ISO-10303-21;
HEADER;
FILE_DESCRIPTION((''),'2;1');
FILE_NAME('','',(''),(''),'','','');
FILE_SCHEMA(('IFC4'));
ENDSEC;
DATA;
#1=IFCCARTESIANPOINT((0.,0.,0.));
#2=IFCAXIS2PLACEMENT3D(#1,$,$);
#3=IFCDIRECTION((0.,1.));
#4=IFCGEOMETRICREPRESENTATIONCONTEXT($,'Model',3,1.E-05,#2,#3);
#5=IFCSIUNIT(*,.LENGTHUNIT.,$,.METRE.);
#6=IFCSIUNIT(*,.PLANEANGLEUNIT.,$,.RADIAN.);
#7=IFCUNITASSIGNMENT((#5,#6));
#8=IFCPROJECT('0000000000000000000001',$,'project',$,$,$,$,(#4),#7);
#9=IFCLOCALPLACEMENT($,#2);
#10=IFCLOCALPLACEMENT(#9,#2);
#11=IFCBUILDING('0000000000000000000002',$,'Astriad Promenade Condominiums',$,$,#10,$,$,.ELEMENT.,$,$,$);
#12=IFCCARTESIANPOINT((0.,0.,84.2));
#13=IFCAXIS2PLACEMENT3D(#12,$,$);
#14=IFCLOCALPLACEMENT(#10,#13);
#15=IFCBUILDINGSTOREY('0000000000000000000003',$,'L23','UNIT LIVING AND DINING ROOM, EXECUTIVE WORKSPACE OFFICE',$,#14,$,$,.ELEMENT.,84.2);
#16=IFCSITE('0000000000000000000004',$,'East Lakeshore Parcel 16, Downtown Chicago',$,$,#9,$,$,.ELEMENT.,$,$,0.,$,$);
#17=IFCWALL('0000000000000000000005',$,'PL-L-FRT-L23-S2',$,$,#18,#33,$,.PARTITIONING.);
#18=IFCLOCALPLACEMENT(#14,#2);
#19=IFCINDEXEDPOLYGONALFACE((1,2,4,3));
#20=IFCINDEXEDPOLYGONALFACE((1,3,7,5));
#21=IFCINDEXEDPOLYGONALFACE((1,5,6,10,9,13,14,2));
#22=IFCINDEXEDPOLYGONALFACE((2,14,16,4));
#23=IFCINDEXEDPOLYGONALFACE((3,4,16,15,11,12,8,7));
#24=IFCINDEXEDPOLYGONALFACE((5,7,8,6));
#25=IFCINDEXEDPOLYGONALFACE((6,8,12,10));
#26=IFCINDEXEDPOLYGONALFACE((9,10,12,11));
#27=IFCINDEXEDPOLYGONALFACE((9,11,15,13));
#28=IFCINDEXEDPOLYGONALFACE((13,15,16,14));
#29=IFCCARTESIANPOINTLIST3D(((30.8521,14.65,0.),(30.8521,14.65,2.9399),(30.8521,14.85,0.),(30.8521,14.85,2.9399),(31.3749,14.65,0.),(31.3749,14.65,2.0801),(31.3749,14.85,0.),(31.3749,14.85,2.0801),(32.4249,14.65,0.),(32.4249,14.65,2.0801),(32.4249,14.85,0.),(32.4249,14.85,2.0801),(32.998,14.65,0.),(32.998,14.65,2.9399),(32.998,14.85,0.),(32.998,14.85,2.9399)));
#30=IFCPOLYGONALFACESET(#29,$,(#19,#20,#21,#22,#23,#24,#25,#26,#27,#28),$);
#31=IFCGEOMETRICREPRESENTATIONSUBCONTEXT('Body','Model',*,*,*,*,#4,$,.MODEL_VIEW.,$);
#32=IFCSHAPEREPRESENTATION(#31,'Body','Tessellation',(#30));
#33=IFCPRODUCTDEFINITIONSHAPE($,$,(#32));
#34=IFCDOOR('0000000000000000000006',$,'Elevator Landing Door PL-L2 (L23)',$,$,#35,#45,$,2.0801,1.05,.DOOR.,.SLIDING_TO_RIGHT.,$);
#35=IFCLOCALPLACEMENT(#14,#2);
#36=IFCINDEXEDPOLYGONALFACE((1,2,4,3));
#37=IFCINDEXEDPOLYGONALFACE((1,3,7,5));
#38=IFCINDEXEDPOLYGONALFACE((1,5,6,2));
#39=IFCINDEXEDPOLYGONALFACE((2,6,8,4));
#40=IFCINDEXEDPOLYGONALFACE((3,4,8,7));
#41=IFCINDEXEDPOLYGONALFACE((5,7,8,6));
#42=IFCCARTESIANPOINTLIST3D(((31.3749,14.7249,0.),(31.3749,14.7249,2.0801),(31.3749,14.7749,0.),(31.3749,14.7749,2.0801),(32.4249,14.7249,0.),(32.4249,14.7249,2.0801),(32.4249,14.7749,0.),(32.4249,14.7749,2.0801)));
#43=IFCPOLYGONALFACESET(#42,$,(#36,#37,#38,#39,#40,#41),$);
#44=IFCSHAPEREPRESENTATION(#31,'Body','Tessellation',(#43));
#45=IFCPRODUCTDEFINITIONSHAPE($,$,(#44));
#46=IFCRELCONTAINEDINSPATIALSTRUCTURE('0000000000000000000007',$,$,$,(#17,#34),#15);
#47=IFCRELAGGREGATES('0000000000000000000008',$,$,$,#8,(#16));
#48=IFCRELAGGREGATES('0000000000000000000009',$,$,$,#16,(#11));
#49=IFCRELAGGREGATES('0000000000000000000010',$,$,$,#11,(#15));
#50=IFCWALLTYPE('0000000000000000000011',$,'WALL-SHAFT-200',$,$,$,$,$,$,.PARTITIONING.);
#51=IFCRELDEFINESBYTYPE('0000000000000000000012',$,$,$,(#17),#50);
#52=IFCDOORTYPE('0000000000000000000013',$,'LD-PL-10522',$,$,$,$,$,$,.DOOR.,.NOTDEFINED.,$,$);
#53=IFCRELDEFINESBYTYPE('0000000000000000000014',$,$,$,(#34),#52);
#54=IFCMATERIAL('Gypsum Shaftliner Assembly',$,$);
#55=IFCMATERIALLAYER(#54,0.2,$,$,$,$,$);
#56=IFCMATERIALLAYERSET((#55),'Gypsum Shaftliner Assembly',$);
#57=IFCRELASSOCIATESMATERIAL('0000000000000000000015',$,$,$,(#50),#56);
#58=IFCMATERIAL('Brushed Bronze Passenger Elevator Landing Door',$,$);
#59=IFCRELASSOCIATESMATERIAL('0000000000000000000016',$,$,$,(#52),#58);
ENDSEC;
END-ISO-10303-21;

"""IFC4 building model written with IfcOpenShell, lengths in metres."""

from ifc_helpers import new_model, si_unit, direction, frame, frame_2d, origin, place, context, subcontext, project, spatial, rectangle, extrude, source, transform, mapped, material, layer, layer_set, type_object, type_shapes, element, fill, save


model = new_model("IFC4")

# Units and contexts
model_context = context("Model", 3, precision=1e-05, world=origin(), true_north=direction((0.0, 1.0)))
body_context = subcontext(model_context, "Body", "Model", "MODEL_VIEW")
ifc_project = project(units=[si_unit("LENGTHUNIT", "METRE"), si_unit("PLANEANGLEUNIT", "RADIAN")], contexts=[model_context])

# Site, building, storey
site_placement = place(None, origin())
site = spatial("IfcSite", under=ifc_project, at=site_placement, Name="East Lakeshore Parcel 16, Downtown Chicago", CompositionType="ELEMENT", RefElevation=0.0)
building_placement = place(site_placement, origin())
building = spatial("IfcBuilding", under=site, at=building_placement, Name="Astriad Promenade Condominiums", CompositionType="ELEMENT")
storey_placement = place(building_placement, frame((0.0, 0.0, 84.2)))
storey = spatial("IfcBuildingStorey", under=building, at=storey_placement, Name="L23", Description="UNIT LIVING AND DINING ROOM, EXECUTIVE WORKSPACE OFFICE", CompositionType="ELEMENT", Elevation=84.2)

# Shared definitions
ifc_material_1 = material(Name="Gypsum Shaftliner Assembly")
ifc_layer_1 = layer(ifc_material_1, 0.2)
ifc_layer_set_1 = layer_set([ifc_layer_1], Name="Gypsum Shaftliner Assembly")
wall_type_1 = type_object("IfcWallType", Name="WALL-SHAFT-200", PredefinedType="PARTITIONING", material=ifc_layer_set_1)

# Wall, opening, door
ifc_material_2 = material(Name="Brushed Bronze Passenger Elevator Landing Door")
door_type_1 = type_object("IfcDoorType", Name="LD-PL-10522", OperationType="NOTDEFINED", PredefinedType="DOOR", material=ifc_material_2)
shared_shape_1 = source(origin(), body_context, "Body", "SweptSolid", [
    extrude(rectangle(XDim=1.05, YDim=2.0801, at=frame_2d((0.5249, 1.04))), frame((0.0, 0.0249, 0.0), z_axis=(0.0, -1.0, 0.0), x_axis=(1.0, 0.0, 0.0)), (0.0, 0.0, 1.0), 0.05),
])
type_shapes(door_type_1, [shared_shape_1])
wall_1_placement = place(storey_placement, frame((30.8521, 14.75, 0.0), z_axis=(0.0, 0.0, 1.0), x_axis=(1.0, 0.0, 0.0)))
wall_1 = element("IfcWall", 1, at=wall_1_placement, inside=storey, type_object=wall_type_1, Name="PL-L-FRT-L23-S2", PredefinedType="PARTITIONING", context=body_context, shape_type="SweptSolid", body=[
    extrude(rectangle(XDim=2.146, YDim=0.2, at=frame_2d((1.073, 0.0))), origin(), (0.0, 0.0, 1.0), 2.9399),
])
opening_1_placement = place(wall_1_placement, frame((0.5229, 0.0, 0.0)))
opening_1 = element("IfcOpeningElement", 2, at=opening_1_placement, cuts=wall_1, PredefinedType="OPENING", context=body_context, shape_type="SweptSolid", body=[
    extrude(rectangle(XDim=1.05, YDim=2.0801, at=frame_2d((0.5249, 1.04))), frame((0.0, 0.1099, 0.0), z_axis=(0.0, -1.0, 0.0), x_axis=(1.0, 0.0, 0.0)), (0.0, 0.0, 1.0), 0.22),
])
door_1_placement = place(opening_1_placement, origin())
door_1 = element("IfcDoor", 3, at=door_1_placement, inside=storey, type_object=door_type_1, Name="Elevator Landing Door PL-L2 (L23)", OperationType="SLIDING_TO_RIGHT", OverallHeight=2.0801, OverallWidth=1.05, PredefinedType="DOOR", context=body_context, shape_type="MappedRepresentation", body=[
    mapped(shared_shape_1, transform((0.0, 0.0, 0.0), scale=1.0)),
])
fill(opening_1, door_1)

save(model, "model.ifc")
